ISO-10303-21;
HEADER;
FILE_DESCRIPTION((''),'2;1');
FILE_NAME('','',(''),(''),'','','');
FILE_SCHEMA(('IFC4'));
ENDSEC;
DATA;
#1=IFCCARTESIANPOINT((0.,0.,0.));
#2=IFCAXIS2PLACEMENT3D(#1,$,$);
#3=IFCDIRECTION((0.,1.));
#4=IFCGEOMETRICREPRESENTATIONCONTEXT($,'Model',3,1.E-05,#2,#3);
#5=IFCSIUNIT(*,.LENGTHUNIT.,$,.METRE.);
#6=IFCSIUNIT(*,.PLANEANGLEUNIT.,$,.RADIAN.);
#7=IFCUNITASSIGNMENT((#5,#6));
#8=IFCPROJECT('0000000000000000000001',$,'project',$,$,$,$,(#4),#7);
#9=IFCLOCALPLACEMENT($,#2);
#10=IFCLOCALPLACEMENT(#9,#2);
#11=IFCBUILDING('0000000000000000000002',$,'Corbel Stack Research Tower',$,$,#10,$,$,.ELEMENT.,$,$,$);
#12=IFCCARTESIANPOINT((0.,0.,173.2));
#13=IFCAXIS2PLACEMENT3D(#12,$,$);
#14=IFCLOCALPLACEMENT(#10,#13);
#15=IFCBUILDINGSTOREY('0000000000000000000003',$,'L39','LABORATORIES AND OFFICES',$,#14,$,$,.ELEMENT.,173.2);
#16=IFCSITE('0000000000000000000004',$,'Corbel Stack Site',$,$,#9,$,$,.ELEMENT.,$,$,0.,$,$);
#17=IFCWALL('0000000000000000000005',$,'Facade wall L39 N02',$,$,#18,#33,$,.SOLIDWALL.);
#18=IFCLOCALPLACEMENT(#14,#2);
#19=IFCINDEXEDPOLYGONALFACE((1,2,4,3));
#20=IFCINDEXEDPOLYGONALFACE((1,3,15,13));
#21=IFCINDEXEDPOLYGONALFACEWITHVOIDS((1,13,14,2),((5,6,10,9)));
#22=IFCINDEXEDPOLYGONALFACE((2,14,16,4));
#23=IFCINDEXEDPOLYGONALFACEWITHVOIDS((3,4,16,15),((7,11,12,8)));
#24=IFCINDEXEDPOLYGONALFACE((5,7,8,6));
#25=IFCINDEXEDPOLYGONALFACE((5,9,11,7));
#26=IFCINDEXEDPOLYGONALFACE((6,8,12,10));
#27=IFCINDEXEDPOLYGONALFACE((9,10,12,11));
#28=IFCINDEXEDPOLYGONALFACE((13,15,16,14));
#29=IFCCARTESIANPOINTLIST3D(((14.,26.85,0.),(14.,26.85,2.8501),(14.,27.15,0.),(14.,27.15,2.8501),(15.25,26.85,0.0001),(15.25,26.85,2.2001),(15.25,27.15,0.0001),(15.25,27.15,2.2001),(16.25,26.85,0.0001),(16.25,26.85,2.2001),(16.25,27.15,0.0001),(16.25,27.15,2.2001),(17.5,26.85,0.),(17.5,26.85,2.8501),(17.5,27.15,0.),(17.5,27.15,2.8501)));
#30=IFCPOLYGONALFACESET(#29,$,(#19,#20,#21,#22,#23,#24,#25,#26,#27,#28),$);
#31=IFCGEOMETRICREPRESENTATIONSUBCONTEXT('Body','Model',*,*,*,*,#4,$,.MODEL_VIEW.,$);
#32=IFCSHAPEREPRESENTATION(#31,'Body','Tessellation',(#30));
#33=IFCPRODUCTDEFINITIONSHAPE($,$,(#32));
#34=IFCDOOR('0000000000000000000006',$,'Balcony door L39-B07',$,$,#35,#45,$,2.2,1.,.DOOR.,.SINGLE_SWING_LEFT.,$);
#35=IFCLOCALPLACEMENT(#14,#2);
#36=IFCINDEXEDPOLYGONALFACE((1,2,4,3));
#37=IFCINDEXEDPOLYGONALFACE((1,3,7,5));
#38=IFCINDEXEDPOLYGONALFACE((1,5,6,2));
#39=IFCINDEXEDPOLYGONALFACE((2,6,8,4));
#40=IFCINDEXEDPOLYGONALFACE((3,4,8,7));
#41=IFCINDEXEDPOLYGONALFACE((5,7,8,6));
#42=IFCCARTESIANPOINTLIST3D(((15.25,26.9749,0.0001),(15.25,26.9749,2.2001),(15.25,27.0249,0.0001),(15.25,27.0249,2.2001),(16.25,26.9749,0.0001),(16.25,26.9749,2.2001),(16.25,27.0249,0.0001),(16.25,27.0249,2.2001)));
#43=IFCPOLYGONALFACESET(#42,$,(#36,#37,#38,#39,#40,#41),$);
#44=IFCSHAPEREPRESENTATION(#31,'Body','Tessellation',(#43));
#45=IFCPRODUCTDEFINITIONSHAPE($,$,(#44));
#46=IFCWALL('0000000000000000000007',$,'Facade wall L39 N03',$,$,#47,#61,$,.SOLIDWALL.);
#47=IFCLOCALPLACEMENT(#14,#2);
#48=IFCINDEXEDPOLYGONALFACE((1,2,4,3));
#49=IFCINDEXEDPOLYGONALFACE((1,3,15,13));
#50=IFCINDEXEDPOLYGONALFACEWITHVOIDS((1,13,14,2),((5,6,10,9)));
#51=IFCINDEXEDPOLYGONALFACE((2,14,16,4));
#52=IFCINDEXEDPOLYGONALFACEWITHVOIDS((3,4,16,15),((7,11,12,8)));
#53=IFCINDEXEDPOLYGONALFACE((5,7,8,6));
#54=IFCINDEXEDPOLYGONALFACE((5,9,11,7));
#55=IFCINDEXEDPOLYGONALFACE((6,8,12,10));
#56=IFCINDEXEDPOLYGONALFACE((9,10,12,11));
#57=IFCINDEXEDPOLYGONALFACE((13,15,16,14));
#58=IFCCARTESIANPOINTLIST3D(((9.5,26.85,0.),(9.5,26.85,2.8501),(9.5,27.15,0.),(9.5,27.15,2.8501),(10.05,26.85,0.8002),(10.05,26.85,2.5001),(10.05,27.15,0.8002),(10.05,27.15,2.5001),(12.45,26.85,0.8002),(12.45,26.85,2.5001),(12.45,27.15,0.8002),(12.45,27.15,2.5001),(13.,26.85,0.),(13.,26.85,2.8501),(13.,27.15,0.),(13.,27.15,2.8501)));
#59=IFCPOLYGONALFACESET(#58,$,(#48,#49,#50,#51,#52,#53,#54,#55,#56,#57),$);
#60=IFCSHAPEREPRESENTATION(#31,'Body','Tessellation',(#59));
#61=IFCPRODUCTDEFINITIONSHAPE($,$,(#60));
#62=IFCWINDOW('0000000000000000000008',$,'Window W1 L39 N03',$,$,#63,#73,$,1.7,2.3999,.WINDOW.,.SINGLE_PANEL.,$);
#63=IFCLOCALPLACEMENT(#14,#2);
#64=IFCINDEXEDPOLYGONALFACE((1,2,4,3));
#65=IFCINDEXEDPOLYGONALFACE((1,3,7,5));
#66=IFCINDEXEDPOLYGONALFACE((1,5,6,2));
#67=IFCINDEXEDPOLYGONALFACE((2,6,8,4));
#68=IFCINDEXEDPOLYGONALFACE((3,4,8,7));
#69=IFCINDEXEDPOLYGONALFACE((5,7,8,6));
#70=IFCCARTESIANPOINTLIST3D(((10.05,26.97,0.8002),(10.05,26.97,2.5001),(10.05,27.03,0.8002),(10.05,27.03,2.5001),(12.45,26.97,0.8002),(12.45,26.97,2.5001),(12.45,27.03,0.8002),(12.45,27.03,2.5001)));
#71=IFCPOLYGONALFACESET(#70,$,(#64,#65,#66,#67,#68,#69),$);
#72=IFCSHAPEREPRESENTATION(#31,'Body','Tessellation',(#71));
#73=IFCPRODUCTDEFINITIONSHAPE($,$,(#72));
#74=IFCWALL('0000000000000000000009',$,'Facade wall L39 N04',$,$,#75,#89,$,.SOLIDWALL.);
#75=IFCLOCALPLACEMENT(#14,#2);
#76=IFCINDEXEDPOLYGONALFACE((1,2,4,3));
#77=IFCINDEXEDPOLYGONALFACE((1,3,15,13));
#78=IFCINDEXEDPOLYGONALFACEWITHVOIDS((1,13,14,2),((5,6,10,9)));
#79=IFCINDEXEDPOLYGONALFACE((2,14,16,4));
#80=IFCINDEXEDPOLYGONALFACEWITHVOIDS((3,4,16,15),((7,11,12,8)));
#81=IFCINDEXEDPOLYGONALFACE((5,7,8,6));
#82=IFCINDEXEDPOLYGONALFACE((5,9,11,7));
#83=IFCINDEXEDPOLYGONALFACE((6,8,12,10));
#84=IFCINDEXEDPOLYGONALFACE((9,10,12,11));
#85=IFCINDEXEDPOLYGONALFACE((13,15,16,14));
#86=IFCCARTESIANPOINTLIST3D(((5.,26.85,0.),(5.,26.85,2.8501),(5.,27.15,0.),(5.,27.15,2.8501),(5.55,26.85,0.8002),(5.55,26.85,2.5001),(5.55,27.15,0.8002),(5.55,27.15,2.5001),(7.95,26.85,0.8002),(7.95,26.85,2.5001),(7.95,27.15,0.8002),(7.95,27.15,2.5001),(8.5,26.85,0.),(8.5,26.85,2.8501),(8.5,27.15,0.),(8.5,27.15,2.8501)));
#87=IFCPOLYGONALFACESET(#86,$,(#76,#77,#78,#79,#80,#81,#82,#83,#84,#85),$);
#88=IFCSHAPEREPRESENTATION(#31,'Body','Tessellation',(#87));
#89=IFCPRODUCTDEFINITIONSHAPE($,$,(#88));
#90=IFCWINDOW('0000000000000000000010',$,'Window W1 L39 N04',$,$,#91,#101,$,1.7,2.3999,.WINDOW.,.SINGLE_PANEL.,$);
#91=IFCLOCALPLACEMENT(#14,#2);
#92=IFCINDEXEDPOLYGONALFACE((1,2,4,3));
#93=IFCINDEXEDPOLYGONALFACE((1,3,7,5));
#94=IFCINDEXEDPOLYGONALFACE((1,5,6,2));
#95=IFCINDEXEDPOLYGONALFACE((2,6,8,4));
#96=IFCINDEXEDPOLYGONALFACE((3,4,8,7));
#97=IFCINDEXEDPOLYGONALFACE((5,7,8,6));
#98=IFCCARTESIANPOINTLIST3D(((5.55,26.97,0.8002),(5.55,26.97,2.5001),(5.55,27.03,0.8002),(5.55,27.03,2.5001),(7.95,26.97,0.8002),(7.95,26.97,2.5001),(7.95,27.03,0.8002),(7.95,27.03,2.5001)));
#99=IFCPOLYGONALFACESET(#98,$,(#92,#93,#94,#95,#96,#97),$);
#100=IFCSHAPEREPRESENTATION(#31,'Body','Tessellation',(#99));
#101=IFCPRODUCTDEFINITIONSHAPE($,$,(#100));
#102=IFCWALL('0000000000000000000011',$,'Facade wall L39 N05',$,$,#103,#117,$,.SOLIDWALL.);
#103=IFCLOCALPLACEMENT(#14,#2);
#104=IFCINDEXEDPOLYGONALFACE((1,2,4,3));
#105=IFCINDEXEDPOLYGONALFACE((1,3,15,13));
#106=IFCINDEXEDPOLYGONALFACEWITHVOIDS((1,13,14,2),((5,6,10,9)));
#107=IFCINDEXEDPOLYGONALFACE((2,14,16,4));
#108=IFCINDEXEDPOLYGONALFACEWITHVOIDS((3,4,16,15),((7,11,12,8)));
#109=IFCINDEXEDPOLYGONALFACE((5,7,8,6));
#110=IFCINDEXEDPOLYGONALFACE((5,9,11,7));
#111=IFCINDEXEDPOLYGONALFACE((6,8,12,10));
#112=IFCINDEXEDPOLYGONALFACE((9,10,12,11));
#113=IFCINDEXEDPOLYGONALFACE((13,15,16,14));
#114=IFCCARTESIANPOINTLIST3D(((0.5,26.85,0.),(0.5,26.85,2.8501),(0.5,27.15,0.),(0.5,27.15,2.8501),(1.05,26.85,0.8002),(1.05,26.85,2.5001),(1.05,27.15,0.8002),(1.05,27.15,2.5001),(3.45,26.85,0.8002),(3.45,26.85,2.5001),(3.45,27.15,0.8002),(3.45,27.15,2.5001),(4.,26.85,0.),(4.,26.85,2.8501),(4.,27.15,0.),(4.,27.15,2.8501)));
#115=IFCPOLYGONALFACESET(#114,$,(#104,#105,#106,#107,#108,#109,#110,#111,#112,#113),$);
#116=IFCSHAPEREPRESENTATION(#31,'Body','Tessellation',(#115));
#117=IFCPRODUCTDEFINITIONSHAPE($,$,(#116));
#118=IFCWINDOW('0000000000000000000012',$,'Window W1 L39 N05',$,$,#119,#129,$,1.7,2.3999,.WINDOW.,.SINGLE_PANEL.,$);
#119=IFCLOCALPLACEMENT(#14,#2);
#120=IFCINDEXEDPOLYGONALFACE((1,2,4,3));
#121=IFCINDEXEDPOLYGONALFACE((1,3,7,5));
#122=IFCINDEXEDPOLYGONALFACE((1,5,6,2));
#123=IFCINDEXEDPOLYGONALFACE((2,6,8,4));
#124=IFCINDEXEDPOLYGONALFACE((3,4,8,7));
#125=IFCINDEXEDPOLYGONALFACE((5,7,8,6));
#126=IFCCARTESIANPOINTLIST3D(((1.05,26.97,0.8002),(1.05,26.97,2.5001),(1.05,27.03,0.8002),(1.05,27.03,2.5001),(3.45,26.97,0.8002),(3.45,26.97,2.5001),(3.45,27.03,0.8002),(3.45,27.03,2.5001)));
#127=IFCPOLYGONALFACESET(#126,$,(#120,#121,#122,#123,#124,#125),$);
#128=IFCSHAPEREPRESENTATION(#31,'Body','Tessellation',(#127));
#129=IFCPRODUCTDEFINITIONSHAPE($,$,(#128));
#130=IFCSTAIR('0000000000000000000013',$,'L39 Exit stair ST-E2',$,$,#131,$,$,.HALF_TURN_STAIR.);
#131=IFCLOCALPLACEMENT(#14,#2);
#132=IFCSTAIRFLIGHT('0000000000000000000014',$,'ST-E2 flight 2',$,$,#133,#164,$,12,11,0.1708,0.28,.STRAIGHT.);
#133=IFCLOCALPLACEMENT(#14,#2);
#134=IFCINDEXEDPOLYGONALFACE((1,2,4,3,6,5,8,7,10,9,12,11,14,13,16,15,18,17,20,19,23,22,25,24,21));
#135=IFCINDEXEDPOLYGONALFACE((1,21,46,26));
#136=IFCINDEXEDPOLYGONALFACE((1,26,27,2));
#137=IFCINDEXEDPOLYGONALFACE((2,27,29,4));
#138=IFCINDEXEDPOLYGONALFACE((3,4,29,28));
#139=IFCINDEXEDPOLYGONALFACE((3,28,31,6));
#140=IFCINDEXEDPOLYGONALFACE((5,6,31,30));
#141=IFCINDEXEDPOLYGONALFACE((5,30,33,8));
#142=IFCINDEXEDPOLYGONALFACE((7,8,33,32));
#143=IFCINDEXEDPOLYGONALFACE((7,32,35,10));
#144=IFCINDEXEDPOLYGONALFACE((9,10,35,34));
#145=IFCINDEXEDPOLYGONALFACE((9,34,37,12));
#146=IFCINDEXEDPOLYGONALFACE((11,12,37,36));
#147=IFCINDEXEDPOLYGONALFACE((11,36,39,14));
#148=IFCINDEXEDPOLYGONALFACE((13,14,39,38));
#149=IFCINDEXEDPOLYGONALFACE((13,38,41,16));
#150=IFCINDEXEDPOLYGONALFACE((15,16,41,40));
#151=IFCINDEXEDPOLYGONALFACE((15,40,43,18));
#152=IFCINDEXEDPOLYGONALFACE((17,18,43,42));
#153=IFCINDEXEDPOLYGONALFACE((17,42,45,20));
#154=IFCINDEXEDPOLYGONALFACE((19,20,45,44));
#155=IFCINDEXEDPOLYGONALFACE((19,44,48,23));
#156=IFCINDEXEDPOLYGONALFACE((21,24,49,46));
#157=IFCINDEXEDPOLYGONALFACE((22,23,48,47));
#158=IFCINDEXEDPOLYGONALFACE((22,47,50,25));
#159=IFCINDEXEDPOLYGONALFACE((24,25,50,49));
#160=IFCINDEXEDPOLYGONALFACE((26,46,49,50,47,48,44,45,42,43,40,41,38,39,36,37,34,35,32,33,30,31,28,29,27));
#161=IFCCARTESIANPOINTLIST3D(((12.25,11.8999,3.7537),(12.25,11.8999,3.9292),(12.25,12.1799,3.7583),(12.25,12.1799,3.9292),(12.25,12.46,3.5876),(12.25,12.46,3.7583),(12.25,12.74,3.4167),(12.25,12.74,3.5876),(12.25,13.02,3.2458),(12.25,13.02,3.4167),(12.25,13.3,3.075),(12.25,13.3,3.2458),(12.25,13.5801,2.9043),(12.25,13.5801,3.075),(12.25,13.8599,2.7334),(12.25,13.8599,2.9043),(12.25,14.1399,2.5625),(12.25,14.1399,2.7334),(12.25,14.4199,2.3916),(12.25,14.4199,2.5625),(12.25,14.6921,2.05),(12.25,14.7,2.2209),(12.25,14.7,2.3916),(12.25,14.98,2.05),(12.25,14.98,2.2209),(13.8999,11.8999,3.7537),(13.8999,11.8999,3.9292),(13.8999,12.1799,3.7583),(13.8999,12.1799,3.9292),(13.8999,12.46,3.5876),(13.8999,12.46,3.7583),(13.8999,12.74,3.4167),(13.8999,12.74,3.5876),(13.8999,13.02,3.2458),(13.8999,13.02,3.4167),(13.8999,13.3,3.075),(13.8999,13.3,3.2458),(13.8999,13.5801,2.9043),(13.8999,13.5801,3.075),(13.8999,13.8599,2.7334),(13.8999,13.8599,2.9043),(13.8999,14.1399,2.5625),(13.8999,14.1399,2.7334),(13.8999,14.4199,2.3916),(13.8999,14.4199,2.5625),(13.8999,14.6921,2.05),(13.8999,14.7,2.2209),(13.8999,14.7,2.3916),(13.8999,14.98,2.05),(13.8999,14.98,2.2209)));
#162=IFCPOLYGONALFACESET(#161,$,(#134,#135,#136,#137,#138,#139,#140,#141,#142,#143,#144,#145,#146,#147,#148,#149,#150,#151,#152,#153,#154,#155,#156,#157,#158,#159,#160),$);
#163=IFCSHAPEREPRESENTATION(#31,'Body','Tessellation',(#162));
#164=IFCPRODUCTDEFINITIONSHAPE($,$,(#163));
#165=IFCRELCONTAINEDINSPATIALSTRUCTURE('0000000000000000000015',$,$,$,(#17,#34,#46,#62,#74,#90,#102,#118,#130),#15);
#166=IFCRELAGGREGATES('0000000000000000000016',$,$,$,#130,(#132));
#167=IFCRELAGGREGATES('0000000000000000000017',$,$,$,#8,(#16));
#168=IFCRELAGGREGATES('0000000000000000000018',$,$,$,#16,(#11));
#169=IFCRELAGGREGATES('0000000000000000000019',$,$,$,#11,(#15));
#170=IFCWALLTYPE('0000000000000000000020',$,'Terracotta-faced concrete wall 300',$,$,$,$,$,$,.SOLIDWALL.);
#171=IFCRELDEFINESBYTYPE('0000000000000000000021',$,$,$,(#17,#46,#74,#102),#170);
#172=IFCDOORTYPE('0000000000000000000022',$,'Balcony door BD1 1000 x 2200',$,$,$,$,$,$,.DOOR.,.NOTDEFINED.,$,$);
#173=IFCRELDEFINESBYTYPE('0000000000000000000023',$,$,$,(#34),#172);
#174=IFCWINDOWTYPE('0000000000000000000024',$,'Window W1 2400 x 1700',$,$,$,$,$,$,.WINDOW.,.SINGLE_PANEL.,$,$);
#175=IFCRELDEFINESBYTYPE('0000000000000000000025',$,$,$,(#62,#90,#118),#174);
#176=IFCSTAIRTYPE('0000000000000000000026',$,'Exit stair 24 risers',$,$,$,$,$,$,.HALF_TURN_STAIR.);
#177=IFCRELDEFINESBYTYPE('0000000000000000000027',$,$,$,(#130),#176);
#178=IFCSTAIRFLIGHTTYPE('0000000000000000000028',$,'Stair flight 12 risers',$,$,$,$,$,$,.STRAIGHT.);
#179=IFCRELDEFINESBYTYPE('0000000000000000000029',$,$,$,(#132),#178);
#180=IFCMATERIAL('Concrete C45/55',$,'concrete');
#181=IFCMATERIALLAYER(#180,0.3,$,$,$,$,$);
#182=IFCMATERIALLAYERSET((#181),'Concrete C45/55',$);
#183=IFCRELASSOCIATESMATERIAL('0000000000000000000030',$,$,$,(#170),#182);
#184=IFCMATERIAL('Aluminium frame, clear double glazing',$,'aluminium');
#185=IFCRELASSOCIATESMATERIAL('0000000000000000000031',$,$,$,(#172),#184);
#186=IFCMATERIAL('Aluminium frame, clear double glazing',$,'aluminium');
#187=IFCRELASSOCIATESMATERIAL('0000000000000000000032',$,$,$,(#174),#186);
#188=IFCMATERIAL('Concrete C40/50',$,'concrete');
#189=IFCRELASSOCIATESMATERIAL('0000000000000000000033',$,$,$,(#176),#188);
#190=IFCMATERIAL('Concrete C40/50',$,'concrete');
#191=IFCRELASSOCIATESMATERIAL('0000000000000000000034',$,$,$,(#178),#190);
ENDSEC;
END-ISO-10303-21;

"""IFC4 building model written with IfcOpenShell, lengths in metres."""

from ifc_helpers import new_model, si_unit, direction, frame, frame_2d, origin, place, context, subcontext, project, spatial, polyline, rectangle, outline, extrude, material, layer, layer_set, type_object, element, fill, aggregate, save


model = new_model("IFC4")

# Units and contexts
model_context = context("Model", 3, precision=1e-05, world=origin(), true_north=direction((0.0, 1.0)))
body_context = subcontext(model_context, "Body", "Model", "MODEL_VIEW")
ifc_project = project(units=[si_unit("LENGTHUNIT", "METRE"), si_unit("PLANEANGLEUNIT", "RADIAN")], contexts=[model_context])

# Site, building, storey
site_placement = place(None, origin())
site = spatial("IfcSite", under=ifc_project, at=site_placement, Name="Corbel Stack Site", CompositionType="ELEMENT", RefElevation=0.0)
building_placement = place(site_placement, origin())
building = spatial("IfcBuilding", under=site, at=building_placement, Name="Corbel Stack Research Tower", CompositionType="ELEMENT")
storey_placement = place(building_placement, frame((0.0, 0.0, 173.2)))
storey = spatial("IfcBuildingStorey", under=building, at=storey_placement, Name="L39", Description="LABORATORIES AND OFFICES", CompositionType="ELEMENT", Elevation=173.2)

# Wall, opening, door
ifc_material_1 = material(Name="Concrete C45/55", Category="concrete")
ifc_layer_1 = layer(ifc_material_1, 0.3)
ifc_layer_set_1 = layer_set([ifc_layer_1], Name="Concrete C45/55")
wall_type_1 = type_object("IfcWallType", Name="Terracotta-faced concrete wall 300", PredefinedType="SOLIDWALL", material=ifc_layer_set_1)
wall_1_placement = place(storey_placement, frame((14.0, 27.0, 0.0), z_axis=(0.0, 0.0, 1.0), x_axis=(1.0, 0.0, 0.0)))
wall_1 = element("IfcWall", 1, at=wall_1_placement, inside=storey, type_object=wall_type_1, Name="Facade wall L39 N02", PredefinedType="SOLIDWALL", context=body_context, shape_type="SweptSolid", body=[
    extrude(rectangle(XDim=3.5, YDim=0.3, at=frame_2d((1.75, 0.0))), origin(), (0.0, 0.0, 1.0), 2.8501),
])
opening_1_placement = place(wall_1_placement, frame((1.25, 0.0, 0.0)))
opening_1 = element("IfcOpeningElement", 2, at=opening_1_placement, cuts=wall_1, PredefinedType="OPENING", context=body_context, shape_type="SweptSolid", body=[
    extrude(rectangle(XDim=1.0, YDim=2.2, at=frame_2d((0.5, 1.1001))), frame((0.0, 0.1599, 0.0), z_axis=(0.0, -1.0, 0.0), x_axis=(1.0, 0.0, 0.0)), (0.0, 0.0, 1.0), 0.3201),
])
ifc_material_2 = material(Name="Aluminium frame, clear double glazing", Category="aluminium")
door_type_1 = type_object("IfcDoorType", Name="Balcony door BD1 1000 x 2200", OperationType="NOTDEFINED", PredefinedType="DOOR", material=ifc_material_2)
door_1_placement = place(opening_1_placement, origin())
door_1 = element("IfcDoor", 3, at=door_1_placement, inside=storey, type_object=door_type_1, Name="Balcony door L39-B07", OperationType="SINGLE_SWING_LEFT", OverallHeight=2.2, OverallWidth=1.0, PredefinedType="DOOR", context=body_context, shape_type="SweptSolid", body=[
    extrude(rectangle(XDim=1.0, YDim=2.2, at=frame_2d((0.5, 1.1001))), frame((0.0, 0.0249, 0.0), z_axis=(0.0, -1.0, 0.0), x_axis=(1.0, 0.0, 0.0)), (0.0, 0.0, 1.0), 0.05),
])
fill(opening_1, door_1)

# Walls, openings, windows
wall_2_placement = place(storey_placement, frame((9.5, 27.0, 0.0), z_axis=(0.0, 0.0, 1.0), x_axis=(1.0, 0.0, 0.0)))
wall_2 = element("IfcWall", 4, at=wall_2_placement, inside=storey, type_object=wall_type_1, Name="Facade wall L39 N03", PredefinedType="SOLIDWALL", context=body_context, shape_type="SweptSolid", body=[
    extrude(rectangle(XDim=3.5, YDim=0.3, at=frame_2d((1.75, 0.0))), origin(), (0.0, 0.0, 1.0), 2.8501),
])
opening_2_placement = place(wall_2_placement, frame((0.55, 0.0, 0.8)))
opening_2 = element("IfcOpeningElement", 5, at=opening_2_placement, cuts=wall_2, PredefinedType="OPENING", context=body_context, shape_type="SweptSolid", body=[
    extrude(rectangle(XDim=2.3999, YDim=1.7, at=frame_2d((1.2, 0.8501))), frame((0.0, 0.1599, 0.0), z_axis=(0.0, -1.0, 0.0), x_axis=(1.0, 0.0, 0.0)), (0.0, 0.0, 1.0), 0.3201),
])
ifc_material_3 = material(Name="Aluminium frame, clear double glazing", Category="aluminium")
window_type = type_object("IfcWindowType", Name="Window W1 2400 x 1700", PartitioningType="SINGLE_PANEL", PredefinedType="WINDOW", material=ifc_material_3)
window_1_placement = place(opening_2_placement, origin())
window_1 = element("IfcWindow", 6, at=window_1_placement, inside=storey, type_object=window_type, Name="Window W1 L39 N03", OverallHeight=1.7, OverallWidth=2.3999, PartitioningType="SINGLE_PANEL", PredefinedType="WINDOW", context=body_context, shape_type="SweptSolid", body=[
    extrude(rectangle(XDim=2.3999, YDim=1.7, at=frame_2d((1.2, 0.8501))), frame((0.0, 0.03, 0.0), z_axis=(0.0, -1.0, 0.0), x_axis=(1.0, 0.0, 0.0)), (0.0, 0.0, 1.0), 0.0601),
])
fill(opening_2, window_1)
wall_3_placement = place(storey_placement, frame((5.0, 27.0, 0.0), z_axis=(0.0, 0.0, 1.0), x_axis=(1.0, 0.0, 0.0)))
wall_3 = element("IfcWall", 7, at=wall_3_placement, inside=storey, type_object=wall_type_1, Name="Facade wall L39 N04", PredefinedType="SOLIDWALL", context=body_context, shape_type="SweptSolid", body=[
    extrude(rectangle(XDim=3.5, YDim=0.3, at=frame_2d((1.75, 0.0))), origin(), (0.0, 0.0, 1.0), 2.8501),
])
opening_3_placement = place(wall_3_placement, frame((0.55, 0.0, 0.8)))
opening_3 = element("IfcOpeningElement", 8, at=opening_3_placement, cuts=wall_3, PredefinedType="OPENING", context=body_context, shape_type="SweptSolid", body=[
    extrude(rectangle(XDim=2.3999, YDim=1.7, at=frame_2d((1.2, 0.8501))), frame((0.0, 0.1599, 0.0), z_axis=(0.0, -1.0, 0.0), x_axis=(1.0, 0.0, 0.0)), (0.0, 0.0, 1.0), 0.3201),
])
window_2_placement = place(opening_3_placement, origin())
window_2 = element("IfcWindow", 9, at=window_2_placement, inside=storey, type_object=window_type, Name="Window W1 L39 N04", OverallHeight=1.7, OverallWidth=2.3999, PartitioningType="SINGLE_PANEL", PredefinedType="WINDOW", context=body_context, shape_type="SweptSolid", body=[
    extrude(rectangle(XDim=2.3999, YDim=1.7, at=frame_2d((1.2, 0.8501))), frame((0.0, 0.03, 0.0), z_axis=(0.0, -1.0, 0.0), x_axis=(1.0, 0.0, 0.0)), (0.0, 0.0, 1.0), 0.0601),
])
fill(opening_3, window_2)
wall_4_placement = place(storey_placement, frame((0.5, 27.0, 0.0), z_axis=(0.0, 0.0, 1.0), x_axis=(1.0, 0.0, 0.0)))
wall_4 = element("IfcWall", 10, at=wall_4_placement, inside=storey, type_object=wall_type_1, Name="Facade wall L39 N05", PredefinedType="SOLIDWALL", context=body_context, shape_type="SweptSolid", body=[
    extrude(rectangle(XDim=3.5, YDim=0.3, at=frame_2d((1.75, 0.0))), origin(), (0.0, 0.0, 1.0), 2.8501),
])
opening_4_placement = place(wall_4_placement, frame((0.55, 0.0, 0.8)))
opening_4 = element("IfcOpeningElement", 11, at=opening_4_placement, cuts=wall_4, PredefinedType="OPENING", context=body_context, shape_type="SweptSolid", body=[
    extrude(rectangle(XDim=2.3999, YDim=1.7, at=frame_2d((1.2, 0.8501))), frame((0.0, 0.1599, 0.0), z_axis=(0.0, -1.0, 0.0), x_axis=(1.0, 0.0, 0.0)), (0.0, 0.0, 1.0), 0.3201),
])
window_3_placement = place(opening_4_placement, origin())
window_3 = element("IfcWindow", 12, at=window_3_placement, inside=storey, type_object=window_type, Name="Window W1 L39 N05", OverallHeight=1.7, OverallWidth=2.3999, PartitioningType="SINGLE_PANEL", PredefinedType="WINDOW", context=body_context, shape_type="SweptSolid", body=[
    extrude(rectangle(XDim=2.3999, YDim=1.7, at=frame_2d((1.2, 0.8501))), frame((0.0, 0.03, 0.0), z_axis=(0.0, -1.0, 0.0), x_axis=(1.0, 0.0, 0.0)), (0.0, 0.0, 1.0), 0.0601),
])
fill(opening_4, window_3)

# Stair, stair flight
ifc_material_4 = material(Name="Concrete C40/50", Category="concrete")
stair_type = type_object("IfcStairType", Name="Exit stair 24 risers", PredefinedType="HALF_TURN_STAIR", material=ifc_material_4)
stair_placement = place(storey_placement, origin())
stair = element("IfcStair", 13, at=stair_placement, inside=storey, type_object=stair_type, Name="L39 Exit stair ST-E2", PredefinedType="HALF_TURN_STAIR")
ifc_material_5 = material(Name="Concrete C40/50", Category="concrete")
stair_flight_type = type_object("IfcStairFlightType", Name="Stair flight 12 risers", PredefinedType="STRAIGHT", material=ifc_material_5)
stair_flight_placement = place(storey_placement, frame((13.075, 14.98, 2.05), z_axis=(0.0, 0.0, 1.0), x_axis=(0.0, -1.0, 0.0)))
stair_flight = element("IfcStairFlight", 14, at=stair_flight_placement, type_object=stair_flight_type, Name="ST-E2 flight 2", NumberOfRisers=12, NumberOfTreads=11, PredefinedType="STRAIGHT", RiserHeight=0.1708, TreadLength=0.28, context=body_context, shape_type="SweptSolid", body=[
    extrude(outline(polyline([(0.0, 0.0), (0.0, 0.1709), (0.28, 0.1709), (0.28, 0.3416), (0.5601, 0.3416), (0.5601, 0.5125), (0.8401, 0.5125), (0.8401, 0.6833), (1.1201, 0.6833), (1.1201, 0.8542), (1.3999, 0.8542), (1.3999, 1.0249), (1.6799, 1.0249), (1.6799, 1.1958), (1.96, 1.1958), (1.96, 1.3667), (2.24, 1.3667), (2.24, 1.5376), (2.52, 1.5376), (2.52, 1.7083), (2.8, 1.7083), (2.8, 1.8792), (3.0801, 1.8792), (3.0801, 2.05), (3.0801, 1.7036), (0.2878, 0.0), (0.0, 0.0)])), frame((0.0, 0.825, 0.0), z_axis=(0.0, -1.0, 0.0), x_axis=(1.0, 0.0, 0.0)), (0.0, 0.0, 1.0), 1.6499),
])
aggregate(stair, [stair_flight])

save(model, "model.ifc")
